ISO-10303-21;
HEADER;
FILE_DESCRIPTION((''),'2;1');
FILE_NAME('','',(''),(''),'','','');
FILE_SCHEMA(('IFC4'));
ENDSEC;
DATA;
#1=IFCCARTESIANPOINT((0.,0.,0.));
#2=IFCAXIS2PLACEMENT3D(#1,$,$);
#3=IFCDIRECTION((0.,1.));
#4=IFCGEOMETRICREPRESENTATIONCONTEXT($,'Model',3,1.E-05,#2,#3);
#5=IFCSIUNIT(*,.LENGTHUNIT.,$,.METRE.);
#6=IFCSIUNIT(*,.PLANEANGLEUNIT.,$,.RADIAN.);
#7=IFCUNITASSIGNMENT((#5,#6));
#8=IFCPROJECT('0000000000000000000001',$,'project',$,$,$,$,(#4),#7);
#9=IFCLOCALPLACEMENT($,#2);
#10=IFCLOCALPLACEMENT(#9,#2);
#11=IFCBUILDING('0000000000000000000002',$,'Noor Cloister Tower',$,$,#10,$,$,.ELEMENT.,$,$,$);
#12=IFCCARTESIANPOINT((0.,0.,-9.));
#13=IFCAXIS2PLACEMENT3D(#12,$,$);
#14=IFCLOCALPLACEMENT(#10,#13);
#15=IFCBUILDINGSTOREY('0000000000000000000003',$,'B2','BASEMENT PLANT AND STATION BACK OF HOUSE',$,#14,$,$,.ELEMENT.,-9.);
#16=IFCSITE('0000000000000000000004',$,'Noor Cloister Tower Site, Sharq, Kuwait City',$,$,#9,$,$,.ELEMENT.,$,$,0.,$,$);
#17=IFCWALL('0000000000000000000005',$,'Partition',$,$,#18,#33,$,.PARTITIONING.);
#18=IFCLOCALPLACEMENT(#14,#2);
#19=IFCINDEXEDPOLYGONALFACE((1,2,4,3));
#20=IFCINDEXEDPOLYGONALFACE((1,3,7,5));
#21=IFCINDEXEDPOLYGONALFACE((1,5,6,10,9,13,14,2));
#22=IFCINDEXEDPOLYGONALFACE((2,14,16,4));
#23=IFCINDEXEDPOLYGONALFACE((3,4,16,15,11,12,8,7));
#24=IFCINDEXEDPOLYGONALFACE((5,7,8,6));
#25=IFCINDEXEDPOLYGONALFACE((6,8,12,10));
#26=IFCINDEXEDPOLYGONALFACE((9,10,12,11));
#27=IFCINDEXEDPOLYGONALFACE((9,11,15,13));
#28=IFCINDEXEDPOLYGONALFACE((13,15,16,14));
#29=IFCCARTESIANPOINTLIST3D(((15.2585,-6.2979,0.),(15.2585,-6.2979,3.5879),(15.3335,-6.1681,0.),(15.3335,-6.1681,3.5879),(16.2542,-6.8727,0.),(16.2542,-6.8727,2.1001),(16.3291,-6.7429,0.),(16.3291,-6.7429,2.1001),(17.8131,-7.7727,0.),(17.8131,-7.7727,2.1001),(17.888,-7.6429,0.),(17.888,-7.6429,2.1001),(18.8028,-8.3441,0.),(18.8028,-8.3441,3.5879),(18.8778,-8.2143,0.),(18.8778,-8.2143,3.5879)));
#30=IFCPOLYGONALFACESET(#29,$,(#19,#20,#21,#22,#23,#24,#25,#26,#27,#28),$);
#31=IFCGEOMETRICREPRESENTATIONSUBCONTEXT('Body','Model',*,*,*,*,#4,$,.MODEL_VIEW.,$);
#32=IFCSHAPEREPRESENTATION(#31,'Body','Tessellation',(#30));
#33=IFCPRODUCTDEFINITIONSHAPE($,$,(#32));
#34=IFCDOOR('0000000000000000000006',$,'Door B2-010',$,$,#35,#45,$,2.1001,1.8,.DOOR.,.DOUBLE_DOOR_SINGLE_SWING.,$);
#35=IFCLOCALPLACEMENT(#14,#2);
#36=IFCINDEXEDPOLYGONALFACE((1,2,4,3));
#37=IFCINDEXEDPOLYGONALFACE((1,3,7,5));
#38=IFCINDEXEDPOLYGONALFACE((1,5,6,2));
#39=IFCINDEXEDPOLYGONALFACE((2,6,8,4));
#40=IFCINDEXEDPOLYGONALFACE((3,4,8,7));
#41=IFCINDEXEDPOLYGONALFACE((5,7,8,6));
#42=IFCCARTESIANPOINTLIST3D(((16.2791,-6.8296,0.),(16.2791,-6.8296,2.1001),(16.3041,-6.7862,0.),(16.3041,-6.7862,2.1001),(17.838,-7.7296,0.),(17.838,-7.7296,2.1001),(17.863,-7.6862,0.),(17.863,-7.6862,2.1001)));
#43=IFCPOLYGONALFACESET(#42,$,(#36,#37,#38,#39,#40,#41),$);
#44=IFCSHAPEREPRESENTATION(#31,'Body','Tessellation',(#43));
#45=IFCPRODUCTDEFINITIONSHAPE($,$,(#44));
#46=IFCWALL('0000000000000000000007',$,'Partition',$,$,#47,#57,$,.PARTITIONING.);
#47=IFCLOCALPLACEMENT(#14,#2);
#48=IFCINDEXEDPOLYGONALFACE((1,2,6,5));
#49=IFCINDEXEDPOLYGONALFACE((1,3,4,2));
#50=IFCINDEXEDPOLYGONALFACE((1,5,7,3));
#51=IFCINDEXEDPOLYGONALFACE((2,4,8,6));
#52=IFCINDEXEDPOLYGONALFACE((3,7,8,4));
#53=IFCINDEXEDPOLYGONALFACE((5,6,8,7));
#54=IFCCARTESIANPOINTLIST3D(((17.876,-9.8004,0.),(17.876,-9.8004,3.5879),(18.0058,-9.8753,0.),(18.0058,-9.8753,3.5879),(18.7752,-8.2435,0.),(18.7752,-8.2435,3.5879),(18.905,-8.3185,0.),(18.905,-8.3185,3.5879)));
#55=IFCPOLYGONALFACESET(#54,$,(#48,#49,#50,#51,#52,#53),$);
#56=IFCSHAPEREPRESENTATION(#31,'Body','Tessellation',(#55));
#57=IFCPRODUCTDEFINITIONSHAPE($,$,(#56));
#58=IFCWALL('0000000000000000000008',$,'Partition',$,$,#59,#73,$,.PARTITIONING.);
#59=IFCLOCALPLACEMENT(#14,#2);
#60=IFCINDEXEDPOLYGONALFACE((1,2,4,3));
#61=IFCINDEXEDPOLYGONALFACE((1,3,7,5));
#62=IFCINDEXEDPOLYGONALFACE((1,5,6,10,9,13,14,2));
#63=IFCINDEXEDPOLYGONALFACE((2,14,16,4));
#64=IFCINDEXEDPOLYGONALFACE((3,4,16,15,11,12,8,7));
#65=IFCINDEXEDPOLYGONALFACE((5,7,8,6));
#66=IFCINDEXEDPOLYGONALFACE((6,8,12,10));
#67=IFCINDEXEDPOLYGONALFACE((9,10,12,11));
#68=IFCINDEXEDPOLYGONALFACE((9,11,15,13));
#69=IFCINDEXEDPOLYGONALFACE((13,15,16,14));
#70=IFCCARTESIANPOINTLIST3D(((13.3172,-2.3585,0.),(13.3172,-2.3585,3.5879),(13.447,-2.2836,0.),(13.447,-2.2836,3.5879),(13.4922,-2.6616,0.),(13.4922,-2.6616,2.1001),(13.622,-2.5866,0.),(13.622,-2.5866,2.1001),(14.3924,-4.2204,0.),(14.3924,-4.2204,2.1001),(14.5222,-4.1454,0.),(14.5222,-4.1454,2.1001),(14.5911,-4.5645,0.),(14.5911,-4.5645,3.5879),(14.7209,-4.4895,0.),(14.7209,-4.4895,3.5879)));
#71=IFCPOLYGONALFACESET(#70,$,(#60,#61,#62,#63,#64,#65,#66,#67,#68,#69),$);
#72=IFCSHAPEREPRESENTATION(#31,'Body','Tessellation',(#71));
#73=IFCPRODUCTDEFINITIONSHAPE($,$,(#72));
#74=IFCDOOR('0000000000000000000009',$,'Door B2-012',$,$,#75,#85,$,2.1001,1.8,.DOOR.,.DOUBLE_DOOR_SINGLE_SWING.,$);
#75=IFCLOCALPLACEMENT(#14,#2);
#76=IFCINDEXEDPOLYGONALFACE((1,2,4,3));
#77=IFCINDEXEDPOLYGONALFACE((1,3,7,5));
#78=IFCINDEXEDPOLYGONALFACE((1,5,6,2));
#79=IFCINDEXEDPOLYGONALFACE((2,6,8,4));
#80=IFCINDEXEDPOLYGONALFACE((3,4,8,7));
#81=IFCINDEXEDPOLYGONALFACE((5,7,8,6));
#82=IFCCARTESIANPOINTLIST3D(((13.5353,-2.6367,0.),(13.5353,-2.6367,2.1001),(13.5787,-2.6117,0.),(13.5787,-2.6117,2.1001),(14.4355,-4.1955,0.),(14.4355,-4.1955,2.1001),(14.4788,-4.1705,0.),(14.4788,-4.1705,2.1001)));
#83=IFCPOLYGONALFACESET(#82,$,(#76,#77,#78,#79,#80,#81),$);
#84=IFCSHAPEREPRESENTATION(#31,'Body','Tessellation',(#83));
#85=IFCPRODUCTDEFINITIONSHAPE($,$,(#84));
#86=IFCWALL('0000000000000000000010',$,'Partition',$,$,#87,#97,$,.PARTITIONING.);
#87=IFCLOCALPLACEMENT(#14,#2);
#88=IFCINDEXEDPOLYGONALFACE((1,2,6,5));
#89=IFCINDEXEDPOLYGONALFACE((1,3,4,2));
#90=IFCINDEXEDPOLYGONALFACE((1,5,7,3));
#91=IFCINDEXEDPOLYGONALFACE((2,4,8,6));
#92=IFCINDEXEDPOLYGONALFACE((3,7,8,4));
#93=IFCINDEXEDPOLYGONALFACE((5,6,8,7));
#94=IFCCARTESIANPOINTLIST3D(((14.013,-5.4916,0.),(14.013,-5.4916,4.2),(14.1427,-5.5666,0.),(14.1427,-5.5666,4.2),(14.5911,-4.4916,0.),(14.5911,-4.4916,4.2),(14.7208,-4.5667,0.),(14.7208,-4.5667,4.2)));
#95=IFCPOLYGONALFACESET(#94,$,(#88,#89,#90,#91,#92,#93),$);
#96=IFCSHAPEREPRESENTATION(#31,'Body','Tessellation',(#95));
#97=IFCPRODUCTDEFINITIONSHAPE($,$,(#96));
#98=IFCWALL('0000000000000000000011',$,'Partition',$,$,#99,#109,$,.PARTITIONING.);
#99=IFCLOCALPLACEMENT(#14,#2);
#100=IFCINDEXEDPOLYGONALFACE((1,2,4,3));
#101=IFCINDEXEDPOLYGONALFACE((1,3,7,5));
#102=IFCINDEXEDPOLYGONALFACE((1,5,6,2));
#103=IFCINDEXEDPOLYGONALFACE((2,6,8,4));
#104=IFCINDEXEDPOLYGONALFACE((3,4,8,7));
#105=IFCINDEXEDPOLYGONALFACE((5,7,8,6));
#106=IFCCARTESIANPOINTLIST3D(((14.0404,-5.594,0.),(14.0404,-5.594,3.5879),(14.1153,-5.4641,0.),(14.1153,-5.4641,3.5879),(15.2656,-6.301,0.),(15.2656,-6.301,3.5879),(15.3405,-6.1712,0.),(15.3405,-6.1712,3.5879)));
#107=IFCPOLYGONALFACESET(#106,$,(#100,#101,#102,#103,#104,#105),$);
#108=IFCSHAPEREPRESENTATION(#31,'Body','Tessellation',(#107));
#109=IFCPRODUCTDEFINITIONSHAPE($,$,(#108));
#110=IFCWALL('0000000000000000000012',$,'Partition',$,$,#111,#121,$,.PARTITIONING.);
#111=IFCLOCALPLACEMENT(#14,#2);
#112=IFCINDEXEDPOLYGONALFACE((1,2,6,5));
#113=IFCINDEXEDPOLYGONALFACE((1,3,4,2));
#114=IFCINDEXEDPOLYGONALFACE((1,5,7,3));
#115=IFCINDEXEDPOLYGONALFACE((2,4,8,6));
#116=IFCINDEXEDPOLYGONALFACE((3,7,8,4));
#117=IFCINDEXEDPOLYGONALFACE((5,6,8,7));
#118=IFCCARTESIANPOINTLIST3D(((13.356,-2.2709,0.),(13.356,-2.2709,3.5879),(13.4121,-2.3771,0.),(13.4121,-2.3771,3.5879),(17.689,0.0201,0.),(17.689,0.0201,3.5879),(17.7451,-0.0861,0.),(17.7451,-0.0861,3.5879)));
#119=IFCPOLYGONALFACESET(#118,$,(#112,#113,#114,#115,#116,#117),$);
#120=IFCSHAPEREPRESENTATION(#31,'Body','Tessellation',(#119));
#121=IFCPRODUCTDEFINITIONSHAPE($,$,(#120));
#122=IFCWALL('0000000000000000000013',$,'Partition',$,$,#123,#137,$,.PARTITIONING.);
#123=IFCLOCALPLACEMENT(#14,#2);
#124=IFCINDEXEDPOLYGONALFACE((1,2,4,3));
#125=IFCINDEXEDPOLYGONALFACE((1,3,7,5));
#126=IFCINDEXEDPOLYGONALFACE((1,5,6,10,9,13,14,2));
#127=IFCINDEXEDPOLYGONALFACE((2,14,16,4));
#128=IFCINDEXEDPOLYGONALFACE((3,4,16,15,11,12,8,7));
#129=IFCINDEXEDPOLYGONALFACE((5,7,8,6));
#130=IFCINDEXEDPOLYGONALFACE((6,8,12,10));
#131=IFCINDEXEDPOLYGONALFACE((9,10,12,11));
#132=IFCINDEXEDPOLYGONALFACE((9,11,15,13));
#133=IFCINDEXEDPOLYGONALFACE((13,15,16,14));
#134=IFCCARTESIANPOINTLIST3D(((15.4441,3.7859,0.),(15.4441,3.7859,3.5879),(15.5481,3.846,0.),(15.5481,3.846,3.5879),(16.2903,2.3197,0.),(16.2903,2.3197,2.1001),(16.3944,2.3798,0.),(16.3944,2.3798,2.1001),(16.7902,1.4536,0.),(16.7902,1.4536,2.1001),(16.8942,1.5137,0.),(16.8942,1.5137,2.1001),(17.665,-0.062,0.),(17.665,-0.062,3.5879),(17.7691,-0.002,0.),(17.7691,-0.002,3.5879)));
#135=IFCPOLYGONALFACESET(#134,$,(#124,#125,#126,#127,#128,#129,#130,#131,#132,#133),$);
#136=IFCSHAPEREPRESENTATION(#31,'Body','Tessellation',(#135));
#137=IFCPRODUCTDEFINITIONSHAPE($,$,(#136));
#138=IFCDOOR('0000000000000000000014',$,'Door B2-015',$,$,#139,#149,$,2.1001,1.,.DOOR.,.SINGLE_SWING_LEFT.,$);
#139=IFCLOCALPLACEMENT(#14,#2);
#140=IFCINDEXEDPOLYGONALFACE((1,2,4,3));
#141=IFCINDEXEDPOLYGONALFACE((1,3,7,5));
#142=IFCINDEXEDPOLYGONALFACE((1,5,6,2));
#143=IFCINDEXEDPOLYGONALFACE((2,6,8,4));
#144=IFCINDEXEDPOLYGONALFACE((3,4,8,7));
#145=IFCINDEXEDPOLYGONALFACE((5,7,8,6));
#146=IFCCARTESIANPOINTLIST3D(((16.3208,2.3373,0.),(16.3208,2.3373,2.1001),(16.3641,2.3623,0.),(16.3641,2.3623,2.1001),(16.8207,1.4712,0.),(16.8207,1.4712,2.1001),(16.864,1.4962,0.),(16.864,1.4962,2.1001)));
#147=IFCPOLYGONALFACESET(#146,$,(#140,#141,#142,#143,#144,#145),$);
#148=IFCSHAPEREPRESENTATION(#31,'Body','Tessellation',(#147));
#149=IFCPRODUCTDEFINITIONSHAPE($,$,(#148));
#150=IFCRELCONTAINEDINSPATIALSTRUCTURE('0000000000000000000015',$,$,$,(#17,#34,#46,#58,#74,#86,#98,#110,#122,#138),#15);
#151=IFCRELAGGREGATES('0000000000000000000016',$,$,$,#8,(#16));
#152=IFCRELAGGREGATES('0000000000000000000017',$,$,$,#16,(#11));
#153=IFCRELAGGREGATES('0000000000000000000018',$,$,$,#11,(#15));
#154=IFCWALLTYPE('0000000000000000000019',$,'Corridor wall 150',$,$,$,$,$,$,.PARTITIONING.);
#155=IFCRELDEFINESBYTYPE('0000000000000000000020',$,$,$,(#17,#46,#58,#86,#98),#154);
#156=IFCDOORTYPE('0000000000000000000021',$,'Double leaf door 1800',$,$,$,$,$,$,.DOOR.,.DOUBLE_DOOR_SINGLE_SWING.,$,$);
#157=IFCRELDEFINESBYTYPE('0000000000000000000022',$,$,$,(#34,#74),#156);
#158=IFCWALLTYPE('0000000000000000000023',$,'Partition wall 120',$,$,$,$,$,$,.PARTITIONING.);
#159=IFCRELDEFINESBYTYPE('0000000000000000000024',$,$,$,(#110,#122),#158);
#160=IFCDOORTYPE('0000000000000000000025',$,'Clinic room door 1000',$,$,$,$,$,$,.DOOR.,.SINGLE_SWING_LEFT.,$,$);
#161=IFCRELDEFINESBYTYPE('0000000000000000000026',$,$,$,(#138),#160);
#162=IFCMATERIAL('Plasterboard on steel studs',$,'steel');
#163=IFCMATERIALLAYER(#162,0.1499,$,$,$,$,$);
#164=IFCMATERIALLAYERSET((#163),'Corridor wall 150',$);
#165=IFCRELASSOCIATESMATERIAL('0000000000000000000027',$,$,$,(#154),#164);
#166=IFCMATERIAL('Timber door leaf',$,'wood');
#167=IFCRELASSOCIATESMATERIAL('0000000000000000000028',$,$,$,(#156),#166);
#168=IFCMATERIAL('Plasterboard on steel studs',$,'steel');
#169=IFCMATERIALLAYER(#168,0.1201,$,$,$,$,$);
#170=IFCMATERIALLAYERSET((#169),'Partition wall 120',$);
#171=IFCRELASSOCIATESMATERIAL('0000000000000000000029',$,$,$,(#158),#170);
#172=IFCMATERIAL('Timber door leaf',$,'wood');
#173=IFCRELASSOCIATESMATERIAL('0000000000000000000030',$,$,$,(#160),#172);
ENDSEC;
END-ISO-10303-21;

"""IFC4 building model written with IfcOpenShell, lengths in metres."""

from ifc_helpers import new_model, si_unit, direction, frame, frame_2d, origin, place, context, subcontext, project, spatial, rectangle, extrude, material, layer, layer_set, type_object, element, fill, save


model = new_model("IFC4")

# Units and contexts
model_context = context("Model", 3, precision=1e-05, world=origin(), true_north=direction((0.0, 1.0)))
body_context = subcontext(model_context, "Body", "Model", "MODEL_VIEW")
ifc_project = project(units=[si_unit("LENGTHUNIT", "METRE"), si_unit("PLANEANGLEUNIT", "RADIAN")], contexts=[model_context])

# Site, building, storey
site_placement = place(None, origin())
site = spatial("IfcSite", under=ifc_project, at=site_placement, Name="Noor Cloister Tower Site, Sharq, Kuwait City", CompositionType="ELEMENT", RefElevation=0.0)
building_placement = place(site_placement, origin())
building = spatial("IfcBuilding", under=site, at=building_placement, Name="Noor Cloister Tower", CompositionType="ELEMENT")
storey_placement = place(building_placement, frame((0.0, 0.0, -9.0)))
storey = spatial("IfcBuildingStorey", under=building, at=storey_placement, Name="B2", Description="BASEMENT PLANT AND STATION BACK OF HOUSE", CompositionType="ELEMENT", Elevation=-9.0)

# Wall, opening, door
ifc_material_1 = material(Name="Plasterboard on steel studs", Category="steel")
ifc_layer_1 = layer(ifc_material_1, 0.1499)
ifc_layer_set_1 = layer_set([ifc_layer_1], Name="Corridor wall 150")
wall_type_1 = type_object("IfcWallType", Name="Corridor wall 150", PredefinedType="PARTITIONING", material=ifc_layer_set_1)
ifc_material_2 = material(Name="Timber door leaf", Category="wood")
door_type_1 = type_object("IfcDoorType", Name="Double leaf door 1800", OperationType="DOUBLE_DOOR_SINGLE_SWING", PredefinedType="DOOR", material=ifc_material_2)
wall_1_placement = place(storey_placement, frame((15.2959, -6.2329, 0.0), z_axis=(0.0, 0.0, 1.0), x_axis=(0.866036, -0.499982, 0.0)))
wall_1 = element("IfcWall", 1, at=wall_1_placement, inside=storey, type_object=wall_type_1, Name="Partition", PredefinedType="PARTITIONING", context=body_context, shape_type="SweptSolid", body=[
    extrude(rectangle(XDim=4.0925, YDim=0.1499, at=frame_2d((2.0464, 0.0))), origin(), (0.0, 0.0, 1.0), 3.5879),
])
opening_1_placement = place(wall_1_placement, frame((1.1499, 0.0, 0.0)))
opening_1 = element("IfcOpeningElement", 2, at=opening_1_placement, cuts=wall_1, PredefinedType="OPENING", context=body_context, shape_type="SweptSolid", body=[
    extrude(rectangle(XDim=1.8, YDim=2.1001, at=frame_2d((0.8999, 1.05))), frame((0.0, 0.085, 0.0), z_axis=(0.0, -1.0, 0.0), x_axis=(1.0, 0.0, 0.0)), (0.0, 0.0, 1.0), 0.1699),
])
door_1_placement = place(opening_1_placement, origin())
door_1 = element("IfcDoor", 3, at=door_1_placement, inside=storey, type_object=door_type_1, Name="Door B2-010", OperationType="DOUBLE_DOOR_SINGLE_SWING", OverallHeight=2.1001, OverallWidth=1.8, PredefinedType="DOOR", context=body_context, shape_type="SweptSolid", body=[
    extrude(rectangle(XDim=1.8, YDim=2.1001, at=frame_2d((0.8999, 1.05))), frame((0.0, 0.0249, 0.0), z_axis=(0.0, -1.0, 0.0), x_axis=(1.0, 0.0, 0.0)), (0.0, 0.0, 1.0), 0.05),
])
fill(opening_1, door_1)

# Wall
wall_2_placement = place(storey_placement, frame((18.8401, -8.281, 0.0), z_axis=(0.0, 0.0, 1.0), x_axis=(-0.500126, -0.865953, 0.0)))
element("IfcWall", 4, at=wall_2_placement, inside=storey, type_object=wall_type_1, Name="Partition", PredefinedType="PARTITIONING", context=body_context, shape_type="SweptSolid", body=[
    extrude(rectangle(XDim=1.7979, YDim=0.1499, at=frame_2d((0.8989, 0.0))), origin(), (0.0, 0.0, 1.0), 3.5879),
])

# Wall, opening, door
wall_3_placement = place(storey_placement, frame((13.3821, -2.321, 0.0), z_axis=(0.0, 0.0, 1.0), x_axis=(0.500076, -0.865981, 0.0)))
wall_3 = element("IfcWall", 5, at=wall_3_placement, inside=storey, type_object=wall_type_1, Name="Partition", PredefinedType="PARTITIONING", context=body_context, shape_type="SweptSolid", body=[
    extrude(rectangle(XDim=2.5474, YDim=0.1499, at=frame_2d((1.2737, 0.0))), origin(), (0.0, 0.0, 1.0), 3.5879),
])
opening_2_placement = place(wall_3_placement, frame((0.3501, 0.0, 0.0)))
opening_2 = element("IfcOpeningElement", 6, at=opening_2_placement, cuts=wall_3, PredefinedType="OPENING", context=body_context, shape_type="SweptSolid", body=[
    extrude(rectangle(XDim=1.8, YDim=2.1001, at=frame_2d((0.8999, 1.05))), frame((0.0, 0.085, 0.0), z_axis=(0.0, -1.0, 0.0), x_axis=(1.0, 0.0, 0.0)), (0.0, 0.0, 1.0), 0.1699),
])
door_2_placement = place(opening_2_placement, origin())
door_2 = element("IfcDoor", 7, at=door_2_placement, inside=storey, type_object=door_type_1, Name="Door B2-012", OperationType="DOUBLE_DOOR_SINGLE_SWING", OverallHeight=2.1001, OverallWidth=1.8, PredefinedType="DOOR", context=body_context, shape_type="SweptSolid", body=[
    extrude(rectangle(XDim=1.8, YDim=2.1001, at=frame_2d((0.8999, 1.05))), frame((0.0, 0.0249, 0.0), z_axis=(0.0, -1.0, 0.0), x_axis=(1.0, 0.0, 0.0)), (0.0, 0.0, 1.0), 0.05),
])
fill(opening_2, door_2)

# Walls
wall_4_placement = place(storey_placement, frame((14.656, -4.5291, 0.0), z_axis=(0.0, 0.0, 1.0), x_axis=(-0.500503, -0.865735, 0.0)))
element("IfcWall", 8, at=wall_4_placement, inside=storey, type_object=wall_type_1, Name="Partition", PredefinedType="PARTITIONING", context=body_context, shape_type="SweptSolid", body=[
    extrude(rectangle(XDim=1.155, YDim=0.1499, at=frame_2d((0.5776, 0.0))), origin(), (0.0, 0.0, 1.0), 4.2),
])
wall_5_placement = place(storey_placement, frame((14.0779, -5.5291, 0.0), z_axis=(0.0, 0.0, 1.0), x_axis=(0.866111, -0.499852, 0.0)))
element("IfcWall", 9, at=wall_5_placement, inside=storey, type_object=wall_type_1, Name="Partition", PredefinedType="PARTITIONING", context=body_context, shape_type="SweptSolid", body=[
    extrude(rectangle(XDim=1.4146, YDim=0.1499, at=frame_2d((0.7073, 0.0))), origin(), (0.0, 0.0, 1.0), 3.5879),
])
ifc_material_3 = material(Name="Plasterboard on steel studs", Category="steel")
ifc_layer_2 = layer(ifc_material_3, 0.1201)
ifc_layer_set_2 = layer_set([ifc_layer_2], Name="Partition wall 120")
wall_type_2 = type_object("IfcWallType", Name="Partition wall 120", PredefinedType="PARTITIONING", material=ifc_layer_set_2)
wall_6_placement = place(storey_placement, frame((17.717, -0.033, 0.0), z_axis=(0.0, 0.0, 1.0), x_axis=(-0.884035, -0.467421, 0.0)))
element("IfcWall", 10, at=wall_6_placement, inside=storey, type_object=wall_type_2, Name="Partition", PredefinedType="PARTITIONING", context=body_context, shape_type="SweptSolid", body=[
    extrude(rectangle(XDim=4.9014, YDim=0.1201, at=frame_2d((2.4507, 0.0))), origin(), (0.0, 0.0, 1.0), 3.5879),
])

# Wall, opening, door
wall_7_placement = place(storey_placement, frame((17.717, -0.032, 0.0), z_axis=(0.0, 0.0, 1.0), x_axis=(-0.499892, 0.866088, 0.0)))
wall_7 = element("IfcWall", 11, at=wall_7_placement, inside=storey, type_object=wall_type_2, Name="Partition", PredefinedType="PARTITIONING", context=body_context, shape_type="SweptSolid", body=[
    extrude(rectangle(XDim=4.4429, YDim=0.1201, at=frame_2d((2.2214, 0.0))), origin(), (0.0, 0.0, 1.0), 3.5879),
])
opening_3_placement = place(wall_7_placement, frame((1.75, 0.0, 0.0)))
opening_3 = element("IfcOpeningElement", 12, at=opening_3_placement, cuts=wall_7, PredefinedType="OPENING", context=body_context, shape_type="SweptSolid", body=[
    extrude(rectangle(XDim=1.0, YDim=2.1001, at=frame_2d((0.5, 1.05))), frame((0.0, 0.0701, 0.0), z_axis=(0.0, -1.0, 0.0), x_axis=(1.0, 0.0, 0.0)), (0.0, 0.0, 1.0), 0.1401),
])
ifc_material_4 = material(Name="Timber door leaf", Category="wood")
door_type_2 = type_object("IfcDoorType", Name="Clinic room door 1000", OperationType="SINGLE_SWING_LEFT", PredefinedType="DOOR", material=ifc_material_4)
door_3_placement = place(opening_3_placement, origin())
door_3 = element("IfcDoor", 13, at=door_3_placement, inside=storey, type_object=door_type_2, Name="Door B2-015", OperationType="SINGLE_SWING_LEFT", OverallHeight=2.1001, OverallWidth=1.0, PredefinedType="DOOR", context=body_context, shape_type="SweptSolid", body=[
    extrude(rectangle(XDim=1.0, YDim=2.1001, at=frame_2d((0.5, 1.05))), frame((0.0, 0.0249, 0.0), z_axis=(0.0, -1.0, 0.0), x_axis=(1.0, 0.0, 0.0)), (0.0, 0.0, 1.0), 0.05),
])
fill(opening_3, door_3)

save(model, "model.ifc")
